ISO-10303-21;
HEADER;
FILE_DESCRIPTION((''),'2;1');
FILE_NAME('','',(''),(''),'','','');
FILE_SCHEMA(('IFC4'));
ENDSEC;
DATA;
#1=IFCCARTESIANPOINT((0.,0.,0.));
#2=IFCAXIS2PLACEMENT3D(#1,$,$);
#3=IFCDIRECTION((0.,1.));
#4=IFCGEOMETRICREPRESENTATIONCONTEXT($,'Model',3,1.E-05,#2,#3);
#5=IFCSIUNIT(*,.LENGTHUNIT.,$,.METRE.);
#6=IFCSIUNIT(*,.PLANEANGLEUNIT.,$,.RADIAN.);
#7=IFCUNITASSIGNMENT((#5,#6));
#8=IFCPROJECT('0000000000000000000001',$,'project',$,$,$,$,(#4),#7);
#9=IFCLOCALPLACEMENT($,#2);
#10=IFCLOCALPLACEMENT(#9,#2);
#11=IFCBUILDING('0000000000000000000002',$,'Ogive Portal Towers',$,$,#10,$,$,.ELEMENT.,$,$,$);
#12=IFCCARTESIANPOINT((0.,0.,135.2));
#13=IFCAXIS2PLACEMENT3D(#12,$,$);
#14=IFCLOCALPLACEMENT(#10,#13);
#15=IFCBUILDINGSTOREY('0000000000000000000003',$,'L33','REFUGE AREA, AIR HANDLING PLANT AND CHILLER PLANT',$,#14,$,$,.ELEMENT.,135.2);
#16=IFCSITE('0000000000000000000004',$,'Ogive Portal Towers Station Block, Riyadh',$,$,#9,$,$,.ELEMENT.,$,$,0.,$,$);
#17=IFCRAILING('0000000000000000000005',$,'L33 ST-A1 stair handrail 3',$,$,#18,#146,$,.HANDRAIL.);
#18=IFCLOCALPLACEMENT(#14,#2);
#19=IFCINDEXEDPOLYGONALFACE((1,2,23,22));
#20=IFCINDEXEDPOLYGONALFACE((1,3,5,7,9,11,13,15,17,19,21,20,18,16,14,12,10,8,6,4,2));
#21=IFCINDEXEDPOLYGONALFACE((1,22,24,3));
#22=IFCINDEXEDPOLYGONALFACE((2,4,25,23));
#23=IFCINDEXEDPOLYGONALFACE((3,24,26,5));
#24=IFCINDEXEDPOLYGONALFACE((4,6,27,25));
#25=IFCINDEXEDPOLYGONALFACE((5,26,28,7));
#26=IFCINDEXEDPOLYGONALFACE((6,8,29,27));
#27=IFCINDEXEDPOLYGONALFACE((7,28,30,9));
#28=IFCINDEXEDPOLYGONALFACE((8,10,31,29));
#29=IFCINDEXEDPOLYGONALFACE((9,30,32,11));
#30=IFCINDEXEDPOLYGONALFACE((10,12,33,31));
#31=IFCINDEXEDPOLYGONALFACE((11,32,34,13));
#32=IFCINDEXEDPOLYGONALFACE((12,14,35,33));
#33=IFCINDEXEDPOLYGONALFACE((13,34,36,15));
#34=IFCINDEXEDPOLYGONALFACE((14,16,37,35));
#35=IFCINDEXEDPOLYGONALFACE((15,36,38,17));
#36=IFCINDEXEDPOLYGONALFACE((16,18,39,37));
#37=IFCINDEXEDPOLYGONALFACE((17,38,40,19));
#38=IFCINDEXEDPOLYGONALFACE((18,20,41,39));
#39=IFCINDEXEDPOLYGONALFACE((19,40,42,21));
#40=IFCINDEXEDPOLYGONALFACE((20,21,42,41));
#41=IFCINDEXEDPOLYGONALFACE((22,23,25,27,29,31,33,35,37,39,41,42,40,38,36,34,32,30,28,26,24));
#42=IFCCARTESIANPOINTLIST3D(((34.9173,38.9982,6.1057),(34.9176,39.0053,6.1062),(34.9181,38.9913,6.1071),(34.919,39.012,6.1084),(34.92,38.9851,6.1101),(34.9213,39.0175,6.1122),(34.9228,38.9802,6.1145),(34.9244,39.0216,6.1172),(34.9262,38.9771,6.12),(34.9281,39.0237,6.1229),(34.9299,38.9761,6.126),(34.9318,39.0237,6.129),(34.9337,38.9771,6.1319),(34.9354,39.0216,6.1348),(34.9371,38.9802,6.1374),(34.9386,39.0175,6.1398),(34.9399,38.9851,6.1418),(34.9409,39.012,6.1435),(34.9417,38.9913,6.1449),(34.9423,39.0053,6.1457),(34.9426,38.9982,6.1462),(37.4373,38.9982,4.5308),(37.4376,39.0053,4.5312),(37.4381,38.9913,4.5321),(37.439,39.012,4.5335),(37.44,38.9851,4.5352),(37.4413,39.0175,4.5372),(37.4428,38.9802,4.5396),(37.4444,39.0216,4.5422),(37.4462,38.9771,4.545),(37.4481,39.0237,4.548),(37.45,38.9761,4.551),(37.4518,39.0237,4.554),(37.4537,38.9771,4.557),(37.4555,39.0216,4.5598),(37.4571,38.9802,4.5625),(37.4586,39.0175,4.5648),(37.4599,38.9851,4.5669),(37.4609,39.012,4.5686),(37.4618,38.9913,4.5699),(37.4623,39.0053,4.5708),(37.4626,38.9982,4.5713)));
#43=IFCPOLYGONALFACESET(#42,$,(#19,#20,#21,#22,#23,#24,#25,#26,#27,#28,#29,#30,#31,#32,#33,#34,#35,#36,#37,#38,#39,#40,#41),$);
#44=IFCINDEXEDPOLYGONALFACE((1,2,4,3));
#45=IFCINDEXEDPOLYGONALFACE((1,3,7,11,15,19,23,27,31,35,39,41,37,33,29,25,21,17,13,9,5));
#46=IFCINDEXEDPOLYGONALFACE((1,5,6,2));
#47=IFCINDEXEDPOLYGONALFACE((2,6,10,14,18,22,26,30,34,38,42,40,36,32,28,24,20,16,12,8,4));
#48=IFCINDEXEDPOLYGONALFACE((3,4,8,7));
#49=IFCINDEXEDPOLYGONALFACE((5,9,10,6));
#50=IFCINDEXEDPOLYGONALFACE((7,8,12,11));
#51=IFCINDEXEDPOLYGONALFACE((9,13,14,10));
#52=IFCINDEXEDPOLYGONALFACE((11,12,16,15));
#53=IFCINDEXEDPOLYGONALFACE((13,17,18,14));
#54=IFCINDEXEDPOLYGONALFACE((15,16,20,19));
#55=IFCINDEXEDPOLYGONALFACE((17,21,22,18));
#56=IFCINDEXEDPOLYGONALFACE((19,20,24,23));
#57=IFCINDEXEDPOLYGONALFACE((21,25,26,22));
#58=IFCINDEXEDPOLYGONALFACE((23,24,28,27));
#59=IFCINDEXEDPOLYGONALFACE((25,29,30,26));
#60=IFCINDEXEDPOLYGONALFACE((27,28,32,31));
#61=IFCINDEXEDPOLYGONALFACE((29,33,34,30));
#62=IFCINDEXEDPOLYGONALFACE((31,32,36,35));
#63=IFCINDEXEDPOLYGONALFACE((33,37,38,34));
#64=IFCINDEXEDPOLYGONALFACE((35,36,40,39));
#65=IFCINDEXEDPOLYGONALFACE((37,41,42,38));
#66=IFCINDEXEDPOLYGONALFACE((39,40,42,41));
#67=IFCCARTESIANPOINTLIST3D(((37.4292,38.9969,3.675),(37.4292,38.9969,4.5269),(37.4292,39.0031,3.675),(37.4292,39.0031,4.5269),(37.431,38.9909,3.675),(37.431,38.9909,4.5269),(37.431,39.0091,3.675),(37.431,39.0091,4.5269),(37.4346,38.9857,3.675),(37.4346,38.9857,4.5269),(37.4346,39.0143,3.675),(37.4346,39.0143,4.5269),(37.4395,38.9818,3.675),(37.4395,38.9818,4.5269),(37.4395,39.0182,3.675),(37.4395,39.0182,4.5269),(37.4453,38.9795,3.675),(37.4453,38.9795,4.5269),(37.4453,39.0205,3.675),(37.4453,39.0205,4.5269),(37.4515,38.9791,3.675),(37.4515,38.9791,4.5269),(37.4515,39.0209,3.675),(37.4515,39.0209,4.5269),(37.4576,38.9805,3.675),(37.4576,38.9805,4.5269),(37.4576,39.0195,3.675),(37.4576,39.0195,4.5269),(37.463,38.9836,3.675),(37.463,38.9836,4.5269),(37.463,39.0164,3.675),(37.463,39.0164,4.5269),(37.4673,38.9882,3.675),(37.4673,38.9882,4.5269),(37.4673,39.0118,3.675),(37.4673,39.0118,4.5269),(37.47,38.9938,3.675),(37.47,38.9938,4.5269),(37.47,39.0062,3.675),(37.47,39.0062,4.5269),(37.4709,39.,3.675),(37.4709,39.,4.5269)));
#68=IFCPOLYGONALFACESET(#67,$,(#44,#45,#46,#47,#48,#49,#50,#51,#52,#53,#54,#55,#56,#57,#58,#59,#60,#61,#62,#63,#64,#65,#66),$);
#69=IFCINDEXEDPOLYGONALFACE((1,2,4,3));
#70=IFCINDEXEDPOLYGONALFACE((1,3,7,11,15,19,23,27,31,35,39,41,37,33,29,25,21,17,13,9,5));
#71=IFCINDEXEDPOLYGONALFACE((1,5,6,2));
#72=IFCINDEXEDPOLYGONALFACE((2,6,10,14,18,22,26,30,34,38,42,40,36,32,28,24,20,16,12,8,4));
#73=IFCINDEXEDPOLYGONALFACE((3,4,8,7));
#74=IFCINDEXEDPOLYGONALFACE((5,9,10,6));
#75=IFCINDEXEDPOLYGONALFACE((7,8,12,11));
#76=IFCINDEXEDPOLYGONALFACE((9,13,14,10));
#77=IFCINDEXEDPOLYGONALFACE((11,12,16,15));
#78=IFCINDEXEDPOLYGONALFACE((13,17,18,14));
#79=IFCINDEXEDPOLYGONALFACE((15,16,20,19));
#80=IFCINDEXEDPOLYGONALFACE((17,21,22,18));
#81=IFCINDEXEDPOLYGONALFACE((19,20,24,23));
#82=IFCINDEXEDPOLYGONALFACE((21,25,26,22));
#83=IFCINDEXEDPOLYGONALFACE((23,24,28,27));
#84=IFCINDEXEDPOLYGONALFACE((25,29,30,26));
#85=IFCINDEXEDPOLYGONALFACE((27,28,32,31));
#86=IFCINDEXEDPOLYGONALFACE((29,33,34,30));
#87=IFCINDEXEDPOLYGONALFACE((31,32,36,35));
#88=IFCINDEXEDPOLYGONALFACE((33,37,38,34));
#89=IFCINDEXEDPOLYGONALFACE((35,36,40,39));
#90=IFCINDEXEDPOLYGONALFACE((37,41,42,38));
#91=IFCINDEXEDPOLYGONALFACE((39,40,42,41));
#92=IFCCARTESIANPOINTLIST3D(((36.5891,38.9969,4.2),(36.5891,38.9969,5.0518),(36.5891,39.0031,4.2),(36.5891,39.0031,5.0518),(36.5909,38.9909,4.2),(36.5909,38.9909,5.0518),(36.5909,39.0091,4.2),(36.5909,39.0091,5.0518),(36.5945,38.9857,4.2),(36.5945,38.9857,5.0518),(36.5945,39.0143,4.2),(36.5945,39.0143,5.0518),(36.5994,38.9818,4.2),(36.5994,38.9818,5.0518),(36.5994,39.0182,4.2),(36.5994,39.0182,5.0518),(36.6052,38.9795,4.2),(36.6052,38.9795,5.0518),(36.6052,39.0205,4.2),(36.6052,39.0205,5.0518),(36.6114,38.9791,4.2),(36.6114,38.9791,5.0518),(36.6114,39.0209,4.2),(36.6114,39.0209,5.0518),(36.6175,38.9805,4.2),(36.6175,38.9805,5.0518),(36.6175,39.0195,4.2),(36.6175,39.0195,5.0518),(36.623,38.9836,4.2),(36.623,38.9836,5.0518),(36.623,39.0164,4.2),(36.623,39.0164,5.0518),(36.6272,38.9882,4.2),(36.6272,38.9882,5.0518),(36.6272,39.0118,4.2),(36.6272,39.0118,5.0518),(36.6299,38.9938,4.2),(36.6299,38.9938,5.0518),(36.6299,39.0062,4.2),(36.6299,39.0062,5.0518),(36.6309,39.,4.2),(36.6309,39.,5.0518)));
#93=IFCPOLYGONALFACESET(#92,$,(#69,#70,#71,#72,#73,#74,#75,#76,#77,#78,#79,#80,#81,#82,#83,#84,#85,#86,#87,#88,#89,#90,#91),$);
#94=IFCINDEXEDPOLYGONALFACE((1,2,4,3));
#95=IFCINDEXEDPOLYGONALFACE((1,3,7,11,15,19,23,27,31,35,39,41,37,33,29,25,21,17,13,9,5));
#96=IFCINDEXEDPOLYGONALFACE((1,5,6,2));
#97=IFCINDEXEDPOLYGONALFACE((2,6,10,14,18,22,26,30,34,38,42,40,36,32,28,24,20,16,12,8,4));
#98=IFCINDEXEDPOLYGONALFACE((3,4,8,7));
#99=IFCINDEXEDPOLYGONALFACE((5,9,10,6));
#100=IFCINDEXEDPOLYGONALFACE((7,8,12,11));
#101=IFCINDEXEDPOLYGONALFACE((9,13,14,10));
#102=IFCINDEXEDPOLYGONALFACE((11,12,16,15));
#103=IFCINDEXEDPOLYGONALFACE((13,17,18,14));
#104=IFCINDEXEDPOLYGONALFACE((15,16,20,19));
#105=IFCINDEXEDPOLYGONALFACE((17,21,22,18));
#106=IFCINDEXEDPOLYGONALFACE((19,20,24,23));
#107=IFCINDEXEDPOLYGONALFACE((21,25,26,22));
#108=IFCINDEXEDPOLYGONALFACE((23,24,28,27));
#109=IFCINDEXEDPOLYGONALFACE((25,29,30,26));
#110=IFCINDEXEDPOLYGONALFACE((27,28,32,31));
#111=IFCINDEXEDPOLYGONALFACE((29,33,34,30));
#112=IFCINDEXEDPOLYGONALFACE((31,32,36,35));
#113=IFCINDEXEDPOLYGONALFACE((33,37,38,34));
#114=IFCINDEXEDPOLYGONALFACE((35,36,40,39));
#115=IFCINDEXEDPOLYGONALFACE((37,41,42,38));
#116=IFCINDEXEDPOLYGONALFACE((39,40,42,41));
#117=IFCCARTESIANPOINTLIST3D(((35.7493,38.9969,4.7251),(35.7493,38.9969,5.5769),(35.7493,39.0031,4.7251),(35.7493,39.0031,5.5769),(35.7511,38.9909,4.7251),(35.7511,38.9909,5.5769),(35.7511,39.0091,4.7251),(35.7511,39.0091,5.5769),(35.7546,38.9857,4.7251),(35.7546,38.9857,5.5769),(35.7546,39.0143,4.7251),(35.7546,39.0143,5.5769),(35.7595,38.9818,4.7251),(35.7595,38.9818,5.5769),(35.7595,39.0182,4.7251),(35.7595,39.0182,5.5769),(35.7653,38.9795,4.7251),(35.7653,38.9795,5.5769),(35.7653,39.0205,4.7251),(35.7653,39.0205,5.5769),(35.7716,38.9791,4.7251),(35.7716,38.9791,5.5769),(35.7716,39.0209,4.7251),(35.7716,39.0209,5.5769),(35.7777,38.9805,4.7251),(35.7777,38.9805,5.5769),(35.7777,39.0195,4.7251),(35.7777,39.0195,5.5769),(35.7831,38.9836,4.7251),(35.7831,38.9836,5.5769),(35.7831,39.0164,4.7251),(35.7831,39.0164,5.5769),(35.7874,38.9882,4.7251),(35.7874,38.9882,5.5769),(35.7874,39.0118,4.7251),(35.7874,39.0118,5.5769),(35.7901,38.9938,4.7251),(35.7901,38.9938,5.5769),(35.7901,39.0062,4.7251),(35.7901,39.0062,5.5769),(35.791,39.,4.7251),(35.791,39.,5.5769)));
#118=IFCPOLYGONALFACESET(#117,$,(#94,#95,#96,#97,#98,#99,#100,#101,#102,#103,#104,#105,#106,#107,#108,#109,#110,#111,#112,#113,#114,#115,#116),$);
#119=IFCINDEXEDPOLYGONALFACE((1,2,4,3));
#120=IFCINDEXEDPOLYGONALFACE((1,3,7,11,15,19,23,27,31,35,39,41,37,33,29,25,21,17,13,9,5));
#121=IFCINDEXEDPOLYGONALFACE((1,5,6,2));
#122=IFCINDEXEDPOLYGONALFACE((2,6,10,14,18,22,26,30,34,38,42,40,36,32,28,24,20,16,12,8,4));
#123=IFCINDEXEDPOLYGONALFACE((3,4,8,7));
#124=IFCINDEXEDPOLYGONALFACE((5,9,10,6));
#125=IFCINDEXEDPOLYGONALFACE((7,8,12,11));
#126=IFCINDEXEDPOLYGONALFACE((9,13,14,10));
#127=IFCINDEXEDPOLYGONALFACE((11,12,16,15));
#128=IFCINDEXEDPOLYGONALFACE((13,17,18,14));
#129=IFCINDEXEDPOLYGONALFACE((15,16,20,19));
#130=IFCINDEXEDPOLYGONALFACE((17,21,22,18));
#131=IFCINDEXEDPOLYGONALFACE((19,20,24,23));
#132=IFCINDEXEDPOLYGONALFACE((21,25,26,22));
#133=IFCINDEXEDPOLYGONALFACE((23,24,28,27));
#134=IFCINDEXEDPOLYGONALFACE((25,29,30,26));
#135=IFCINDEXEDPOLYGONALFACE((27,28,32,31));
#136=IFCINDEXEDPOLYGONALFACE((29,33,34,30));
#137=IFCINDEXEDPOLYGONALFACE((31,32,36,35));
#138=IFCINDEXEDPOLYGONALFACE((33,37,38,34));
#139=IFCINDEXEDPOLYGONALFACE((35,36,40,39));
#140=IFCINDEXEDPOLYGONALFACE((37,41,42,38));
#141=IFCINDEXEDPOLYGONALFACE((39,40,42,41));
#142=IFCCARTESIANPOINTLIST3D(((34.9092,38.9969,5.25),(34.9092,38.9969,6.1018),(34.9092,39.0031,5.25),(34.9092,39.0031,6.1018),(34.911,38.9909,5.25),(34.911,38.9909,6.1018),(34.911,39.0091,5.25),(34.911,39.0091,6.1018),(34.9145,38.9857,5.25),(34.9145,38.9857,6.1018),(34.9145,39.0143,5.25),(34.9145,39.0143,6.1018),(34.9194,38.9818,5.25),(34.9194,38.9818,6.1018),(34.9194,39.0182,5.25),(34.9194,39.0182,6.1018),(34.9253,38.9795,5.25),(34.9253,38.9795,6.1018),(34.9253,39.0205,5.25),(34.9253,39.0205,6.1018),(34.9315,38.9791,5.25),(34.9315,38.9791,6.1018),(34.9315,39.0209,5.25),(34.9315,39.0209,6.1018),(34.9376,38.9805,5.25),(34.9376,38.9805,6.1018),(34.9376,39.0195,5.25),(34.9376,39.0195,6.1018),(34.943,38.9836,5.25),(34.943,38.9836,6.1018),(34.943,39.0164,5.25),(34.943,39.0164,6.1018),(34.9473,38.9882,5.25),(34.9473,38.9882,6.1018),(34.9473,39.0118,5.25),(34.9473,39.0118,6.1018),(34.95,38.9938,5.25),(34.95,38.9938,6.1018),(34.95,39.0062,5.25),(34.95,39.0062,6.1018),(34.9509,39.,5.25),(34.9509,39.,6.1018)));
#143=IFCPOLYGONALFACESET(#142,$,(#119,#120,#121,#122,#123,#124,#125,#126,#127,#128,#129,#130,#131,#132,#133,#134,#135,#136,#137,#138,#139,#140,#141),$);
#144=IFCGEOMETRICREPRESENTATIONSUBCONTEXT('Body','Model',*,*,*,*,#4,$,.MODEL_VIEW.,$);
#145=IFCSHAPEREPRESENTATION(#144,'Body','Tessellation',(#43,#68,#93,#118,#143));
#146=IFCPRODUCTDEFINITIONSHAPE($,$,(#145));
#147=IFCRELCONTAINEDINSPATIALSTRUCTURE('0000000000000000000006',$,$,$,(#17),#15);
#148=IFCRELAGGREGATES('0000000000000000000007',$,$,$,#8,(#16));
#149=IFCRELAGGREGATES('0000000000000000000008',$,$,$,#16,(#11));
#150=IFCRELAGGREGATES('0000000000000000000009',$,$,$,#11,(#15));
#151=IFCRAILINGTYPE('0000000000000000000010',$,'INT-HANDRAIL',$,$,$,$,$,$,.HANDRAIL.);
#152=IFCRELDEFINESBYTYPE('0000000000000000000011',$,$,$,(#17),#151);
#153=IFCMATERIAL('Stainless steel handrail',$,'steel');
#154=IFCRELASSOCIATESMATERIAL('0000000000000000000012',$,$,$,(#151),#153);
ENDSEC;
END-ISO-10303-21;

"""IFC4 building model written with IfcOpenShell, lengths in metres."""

from ifc_helpers import new_model, si_unit, direction, frame, origin, origin_2d, place, context, subcontext, project, spatial, circle, extrude, material, type_object, element, save


model = new_model("IFC4")

# Units and contexts
model_context = context("Model", 3, precision=1e-05, world=origin(), true_north=direction((0.0, 1.0)))
body_context = subcontext(model_context, "Body", "Model", "MODEL_VIEW")
ifc_project = project(units=[si_unit("LENGTHUNIT", "METRE"), si_unit("PLANEANGLEUNIT", "RADIAN")], contexts=[model_context])

# Site, building, storey
site_placement = place(None, origin())
site = spatial("IfcSite", under=ifc_project, at=site_placement, Name="Ogive Portal Towers Station Block, Riyadh", CompositionType="ELEMENT", RefElevation=0.0)
building_placement = place(site_placement, origin())
building = spatial("IfcBuilding", under=site, at=building_placement, Name="Ogive Portal Towers", CompositionType="ELEMENT")
storey_placement = place(building_placement, frame((0.0, 0.0, 135.2)))
storey = spatial("IfcBuildingStorey", under=building, at=storey_placement, Name="L33", Description="REFUGE AREA, AIR HANDLING PLANT AND CHILLER PLANT", CompositionType="ELEMENT", Elevation=135.2)

# Railing
ifc_material_1 = material(Name="Stainless steel handrail", Category="steel")
railing_type_1 = type_object("IfcRailingType", Name="INT-HANDRAIL", PredefinedType="HANDRAIL", material=ifc_material_1)
for number, where, name in (
    (1, (37.45, 39.0, 3.675), "L33 ST-A1 stair handrail 3"),
):
    element("IfcRailing", number, at=place(storey_placement, frame(where)), inside=storey, type_object=railing_type_1, Name=name, PredefinedType="HANDRAIL", context=body_context, shape_type="SweptSolid", body=[
        extrude(circle(Radius=0.0239, at=origin_2d()), frame((0.0, 0.0, 0.876), z_axis=(-0.848008, 0.0, 0.529984), x_axis=(0.0, -1.0, 0.0)), (0.0, 0.0, 1.0), 2.9717),
        extrude(circle(Radius=0.021, at=origin_2d()), origin(), (0.0, 0.0, 1.0), 0.8518),
        extrude(circle(Radius=0.021, at=origin_2d()), frame((-0.8401, 0.0, 0.5249)), (0.0, 0.0, 1.0), 0.8518),
        extrude(circle(Radius=0.021, at=origin_2d()), frame((-1.6799, 0.0, 1.05)), (0.0, 0.0, 1.0), 0.8518),
        extrude(circle(Radius=0.021, at=origin_2d()), frame((-2.52, 0.0, 1.575)), (0.0, 0.0, 1.0), 0.8518),
    ])

save(model, "model.ifc")
